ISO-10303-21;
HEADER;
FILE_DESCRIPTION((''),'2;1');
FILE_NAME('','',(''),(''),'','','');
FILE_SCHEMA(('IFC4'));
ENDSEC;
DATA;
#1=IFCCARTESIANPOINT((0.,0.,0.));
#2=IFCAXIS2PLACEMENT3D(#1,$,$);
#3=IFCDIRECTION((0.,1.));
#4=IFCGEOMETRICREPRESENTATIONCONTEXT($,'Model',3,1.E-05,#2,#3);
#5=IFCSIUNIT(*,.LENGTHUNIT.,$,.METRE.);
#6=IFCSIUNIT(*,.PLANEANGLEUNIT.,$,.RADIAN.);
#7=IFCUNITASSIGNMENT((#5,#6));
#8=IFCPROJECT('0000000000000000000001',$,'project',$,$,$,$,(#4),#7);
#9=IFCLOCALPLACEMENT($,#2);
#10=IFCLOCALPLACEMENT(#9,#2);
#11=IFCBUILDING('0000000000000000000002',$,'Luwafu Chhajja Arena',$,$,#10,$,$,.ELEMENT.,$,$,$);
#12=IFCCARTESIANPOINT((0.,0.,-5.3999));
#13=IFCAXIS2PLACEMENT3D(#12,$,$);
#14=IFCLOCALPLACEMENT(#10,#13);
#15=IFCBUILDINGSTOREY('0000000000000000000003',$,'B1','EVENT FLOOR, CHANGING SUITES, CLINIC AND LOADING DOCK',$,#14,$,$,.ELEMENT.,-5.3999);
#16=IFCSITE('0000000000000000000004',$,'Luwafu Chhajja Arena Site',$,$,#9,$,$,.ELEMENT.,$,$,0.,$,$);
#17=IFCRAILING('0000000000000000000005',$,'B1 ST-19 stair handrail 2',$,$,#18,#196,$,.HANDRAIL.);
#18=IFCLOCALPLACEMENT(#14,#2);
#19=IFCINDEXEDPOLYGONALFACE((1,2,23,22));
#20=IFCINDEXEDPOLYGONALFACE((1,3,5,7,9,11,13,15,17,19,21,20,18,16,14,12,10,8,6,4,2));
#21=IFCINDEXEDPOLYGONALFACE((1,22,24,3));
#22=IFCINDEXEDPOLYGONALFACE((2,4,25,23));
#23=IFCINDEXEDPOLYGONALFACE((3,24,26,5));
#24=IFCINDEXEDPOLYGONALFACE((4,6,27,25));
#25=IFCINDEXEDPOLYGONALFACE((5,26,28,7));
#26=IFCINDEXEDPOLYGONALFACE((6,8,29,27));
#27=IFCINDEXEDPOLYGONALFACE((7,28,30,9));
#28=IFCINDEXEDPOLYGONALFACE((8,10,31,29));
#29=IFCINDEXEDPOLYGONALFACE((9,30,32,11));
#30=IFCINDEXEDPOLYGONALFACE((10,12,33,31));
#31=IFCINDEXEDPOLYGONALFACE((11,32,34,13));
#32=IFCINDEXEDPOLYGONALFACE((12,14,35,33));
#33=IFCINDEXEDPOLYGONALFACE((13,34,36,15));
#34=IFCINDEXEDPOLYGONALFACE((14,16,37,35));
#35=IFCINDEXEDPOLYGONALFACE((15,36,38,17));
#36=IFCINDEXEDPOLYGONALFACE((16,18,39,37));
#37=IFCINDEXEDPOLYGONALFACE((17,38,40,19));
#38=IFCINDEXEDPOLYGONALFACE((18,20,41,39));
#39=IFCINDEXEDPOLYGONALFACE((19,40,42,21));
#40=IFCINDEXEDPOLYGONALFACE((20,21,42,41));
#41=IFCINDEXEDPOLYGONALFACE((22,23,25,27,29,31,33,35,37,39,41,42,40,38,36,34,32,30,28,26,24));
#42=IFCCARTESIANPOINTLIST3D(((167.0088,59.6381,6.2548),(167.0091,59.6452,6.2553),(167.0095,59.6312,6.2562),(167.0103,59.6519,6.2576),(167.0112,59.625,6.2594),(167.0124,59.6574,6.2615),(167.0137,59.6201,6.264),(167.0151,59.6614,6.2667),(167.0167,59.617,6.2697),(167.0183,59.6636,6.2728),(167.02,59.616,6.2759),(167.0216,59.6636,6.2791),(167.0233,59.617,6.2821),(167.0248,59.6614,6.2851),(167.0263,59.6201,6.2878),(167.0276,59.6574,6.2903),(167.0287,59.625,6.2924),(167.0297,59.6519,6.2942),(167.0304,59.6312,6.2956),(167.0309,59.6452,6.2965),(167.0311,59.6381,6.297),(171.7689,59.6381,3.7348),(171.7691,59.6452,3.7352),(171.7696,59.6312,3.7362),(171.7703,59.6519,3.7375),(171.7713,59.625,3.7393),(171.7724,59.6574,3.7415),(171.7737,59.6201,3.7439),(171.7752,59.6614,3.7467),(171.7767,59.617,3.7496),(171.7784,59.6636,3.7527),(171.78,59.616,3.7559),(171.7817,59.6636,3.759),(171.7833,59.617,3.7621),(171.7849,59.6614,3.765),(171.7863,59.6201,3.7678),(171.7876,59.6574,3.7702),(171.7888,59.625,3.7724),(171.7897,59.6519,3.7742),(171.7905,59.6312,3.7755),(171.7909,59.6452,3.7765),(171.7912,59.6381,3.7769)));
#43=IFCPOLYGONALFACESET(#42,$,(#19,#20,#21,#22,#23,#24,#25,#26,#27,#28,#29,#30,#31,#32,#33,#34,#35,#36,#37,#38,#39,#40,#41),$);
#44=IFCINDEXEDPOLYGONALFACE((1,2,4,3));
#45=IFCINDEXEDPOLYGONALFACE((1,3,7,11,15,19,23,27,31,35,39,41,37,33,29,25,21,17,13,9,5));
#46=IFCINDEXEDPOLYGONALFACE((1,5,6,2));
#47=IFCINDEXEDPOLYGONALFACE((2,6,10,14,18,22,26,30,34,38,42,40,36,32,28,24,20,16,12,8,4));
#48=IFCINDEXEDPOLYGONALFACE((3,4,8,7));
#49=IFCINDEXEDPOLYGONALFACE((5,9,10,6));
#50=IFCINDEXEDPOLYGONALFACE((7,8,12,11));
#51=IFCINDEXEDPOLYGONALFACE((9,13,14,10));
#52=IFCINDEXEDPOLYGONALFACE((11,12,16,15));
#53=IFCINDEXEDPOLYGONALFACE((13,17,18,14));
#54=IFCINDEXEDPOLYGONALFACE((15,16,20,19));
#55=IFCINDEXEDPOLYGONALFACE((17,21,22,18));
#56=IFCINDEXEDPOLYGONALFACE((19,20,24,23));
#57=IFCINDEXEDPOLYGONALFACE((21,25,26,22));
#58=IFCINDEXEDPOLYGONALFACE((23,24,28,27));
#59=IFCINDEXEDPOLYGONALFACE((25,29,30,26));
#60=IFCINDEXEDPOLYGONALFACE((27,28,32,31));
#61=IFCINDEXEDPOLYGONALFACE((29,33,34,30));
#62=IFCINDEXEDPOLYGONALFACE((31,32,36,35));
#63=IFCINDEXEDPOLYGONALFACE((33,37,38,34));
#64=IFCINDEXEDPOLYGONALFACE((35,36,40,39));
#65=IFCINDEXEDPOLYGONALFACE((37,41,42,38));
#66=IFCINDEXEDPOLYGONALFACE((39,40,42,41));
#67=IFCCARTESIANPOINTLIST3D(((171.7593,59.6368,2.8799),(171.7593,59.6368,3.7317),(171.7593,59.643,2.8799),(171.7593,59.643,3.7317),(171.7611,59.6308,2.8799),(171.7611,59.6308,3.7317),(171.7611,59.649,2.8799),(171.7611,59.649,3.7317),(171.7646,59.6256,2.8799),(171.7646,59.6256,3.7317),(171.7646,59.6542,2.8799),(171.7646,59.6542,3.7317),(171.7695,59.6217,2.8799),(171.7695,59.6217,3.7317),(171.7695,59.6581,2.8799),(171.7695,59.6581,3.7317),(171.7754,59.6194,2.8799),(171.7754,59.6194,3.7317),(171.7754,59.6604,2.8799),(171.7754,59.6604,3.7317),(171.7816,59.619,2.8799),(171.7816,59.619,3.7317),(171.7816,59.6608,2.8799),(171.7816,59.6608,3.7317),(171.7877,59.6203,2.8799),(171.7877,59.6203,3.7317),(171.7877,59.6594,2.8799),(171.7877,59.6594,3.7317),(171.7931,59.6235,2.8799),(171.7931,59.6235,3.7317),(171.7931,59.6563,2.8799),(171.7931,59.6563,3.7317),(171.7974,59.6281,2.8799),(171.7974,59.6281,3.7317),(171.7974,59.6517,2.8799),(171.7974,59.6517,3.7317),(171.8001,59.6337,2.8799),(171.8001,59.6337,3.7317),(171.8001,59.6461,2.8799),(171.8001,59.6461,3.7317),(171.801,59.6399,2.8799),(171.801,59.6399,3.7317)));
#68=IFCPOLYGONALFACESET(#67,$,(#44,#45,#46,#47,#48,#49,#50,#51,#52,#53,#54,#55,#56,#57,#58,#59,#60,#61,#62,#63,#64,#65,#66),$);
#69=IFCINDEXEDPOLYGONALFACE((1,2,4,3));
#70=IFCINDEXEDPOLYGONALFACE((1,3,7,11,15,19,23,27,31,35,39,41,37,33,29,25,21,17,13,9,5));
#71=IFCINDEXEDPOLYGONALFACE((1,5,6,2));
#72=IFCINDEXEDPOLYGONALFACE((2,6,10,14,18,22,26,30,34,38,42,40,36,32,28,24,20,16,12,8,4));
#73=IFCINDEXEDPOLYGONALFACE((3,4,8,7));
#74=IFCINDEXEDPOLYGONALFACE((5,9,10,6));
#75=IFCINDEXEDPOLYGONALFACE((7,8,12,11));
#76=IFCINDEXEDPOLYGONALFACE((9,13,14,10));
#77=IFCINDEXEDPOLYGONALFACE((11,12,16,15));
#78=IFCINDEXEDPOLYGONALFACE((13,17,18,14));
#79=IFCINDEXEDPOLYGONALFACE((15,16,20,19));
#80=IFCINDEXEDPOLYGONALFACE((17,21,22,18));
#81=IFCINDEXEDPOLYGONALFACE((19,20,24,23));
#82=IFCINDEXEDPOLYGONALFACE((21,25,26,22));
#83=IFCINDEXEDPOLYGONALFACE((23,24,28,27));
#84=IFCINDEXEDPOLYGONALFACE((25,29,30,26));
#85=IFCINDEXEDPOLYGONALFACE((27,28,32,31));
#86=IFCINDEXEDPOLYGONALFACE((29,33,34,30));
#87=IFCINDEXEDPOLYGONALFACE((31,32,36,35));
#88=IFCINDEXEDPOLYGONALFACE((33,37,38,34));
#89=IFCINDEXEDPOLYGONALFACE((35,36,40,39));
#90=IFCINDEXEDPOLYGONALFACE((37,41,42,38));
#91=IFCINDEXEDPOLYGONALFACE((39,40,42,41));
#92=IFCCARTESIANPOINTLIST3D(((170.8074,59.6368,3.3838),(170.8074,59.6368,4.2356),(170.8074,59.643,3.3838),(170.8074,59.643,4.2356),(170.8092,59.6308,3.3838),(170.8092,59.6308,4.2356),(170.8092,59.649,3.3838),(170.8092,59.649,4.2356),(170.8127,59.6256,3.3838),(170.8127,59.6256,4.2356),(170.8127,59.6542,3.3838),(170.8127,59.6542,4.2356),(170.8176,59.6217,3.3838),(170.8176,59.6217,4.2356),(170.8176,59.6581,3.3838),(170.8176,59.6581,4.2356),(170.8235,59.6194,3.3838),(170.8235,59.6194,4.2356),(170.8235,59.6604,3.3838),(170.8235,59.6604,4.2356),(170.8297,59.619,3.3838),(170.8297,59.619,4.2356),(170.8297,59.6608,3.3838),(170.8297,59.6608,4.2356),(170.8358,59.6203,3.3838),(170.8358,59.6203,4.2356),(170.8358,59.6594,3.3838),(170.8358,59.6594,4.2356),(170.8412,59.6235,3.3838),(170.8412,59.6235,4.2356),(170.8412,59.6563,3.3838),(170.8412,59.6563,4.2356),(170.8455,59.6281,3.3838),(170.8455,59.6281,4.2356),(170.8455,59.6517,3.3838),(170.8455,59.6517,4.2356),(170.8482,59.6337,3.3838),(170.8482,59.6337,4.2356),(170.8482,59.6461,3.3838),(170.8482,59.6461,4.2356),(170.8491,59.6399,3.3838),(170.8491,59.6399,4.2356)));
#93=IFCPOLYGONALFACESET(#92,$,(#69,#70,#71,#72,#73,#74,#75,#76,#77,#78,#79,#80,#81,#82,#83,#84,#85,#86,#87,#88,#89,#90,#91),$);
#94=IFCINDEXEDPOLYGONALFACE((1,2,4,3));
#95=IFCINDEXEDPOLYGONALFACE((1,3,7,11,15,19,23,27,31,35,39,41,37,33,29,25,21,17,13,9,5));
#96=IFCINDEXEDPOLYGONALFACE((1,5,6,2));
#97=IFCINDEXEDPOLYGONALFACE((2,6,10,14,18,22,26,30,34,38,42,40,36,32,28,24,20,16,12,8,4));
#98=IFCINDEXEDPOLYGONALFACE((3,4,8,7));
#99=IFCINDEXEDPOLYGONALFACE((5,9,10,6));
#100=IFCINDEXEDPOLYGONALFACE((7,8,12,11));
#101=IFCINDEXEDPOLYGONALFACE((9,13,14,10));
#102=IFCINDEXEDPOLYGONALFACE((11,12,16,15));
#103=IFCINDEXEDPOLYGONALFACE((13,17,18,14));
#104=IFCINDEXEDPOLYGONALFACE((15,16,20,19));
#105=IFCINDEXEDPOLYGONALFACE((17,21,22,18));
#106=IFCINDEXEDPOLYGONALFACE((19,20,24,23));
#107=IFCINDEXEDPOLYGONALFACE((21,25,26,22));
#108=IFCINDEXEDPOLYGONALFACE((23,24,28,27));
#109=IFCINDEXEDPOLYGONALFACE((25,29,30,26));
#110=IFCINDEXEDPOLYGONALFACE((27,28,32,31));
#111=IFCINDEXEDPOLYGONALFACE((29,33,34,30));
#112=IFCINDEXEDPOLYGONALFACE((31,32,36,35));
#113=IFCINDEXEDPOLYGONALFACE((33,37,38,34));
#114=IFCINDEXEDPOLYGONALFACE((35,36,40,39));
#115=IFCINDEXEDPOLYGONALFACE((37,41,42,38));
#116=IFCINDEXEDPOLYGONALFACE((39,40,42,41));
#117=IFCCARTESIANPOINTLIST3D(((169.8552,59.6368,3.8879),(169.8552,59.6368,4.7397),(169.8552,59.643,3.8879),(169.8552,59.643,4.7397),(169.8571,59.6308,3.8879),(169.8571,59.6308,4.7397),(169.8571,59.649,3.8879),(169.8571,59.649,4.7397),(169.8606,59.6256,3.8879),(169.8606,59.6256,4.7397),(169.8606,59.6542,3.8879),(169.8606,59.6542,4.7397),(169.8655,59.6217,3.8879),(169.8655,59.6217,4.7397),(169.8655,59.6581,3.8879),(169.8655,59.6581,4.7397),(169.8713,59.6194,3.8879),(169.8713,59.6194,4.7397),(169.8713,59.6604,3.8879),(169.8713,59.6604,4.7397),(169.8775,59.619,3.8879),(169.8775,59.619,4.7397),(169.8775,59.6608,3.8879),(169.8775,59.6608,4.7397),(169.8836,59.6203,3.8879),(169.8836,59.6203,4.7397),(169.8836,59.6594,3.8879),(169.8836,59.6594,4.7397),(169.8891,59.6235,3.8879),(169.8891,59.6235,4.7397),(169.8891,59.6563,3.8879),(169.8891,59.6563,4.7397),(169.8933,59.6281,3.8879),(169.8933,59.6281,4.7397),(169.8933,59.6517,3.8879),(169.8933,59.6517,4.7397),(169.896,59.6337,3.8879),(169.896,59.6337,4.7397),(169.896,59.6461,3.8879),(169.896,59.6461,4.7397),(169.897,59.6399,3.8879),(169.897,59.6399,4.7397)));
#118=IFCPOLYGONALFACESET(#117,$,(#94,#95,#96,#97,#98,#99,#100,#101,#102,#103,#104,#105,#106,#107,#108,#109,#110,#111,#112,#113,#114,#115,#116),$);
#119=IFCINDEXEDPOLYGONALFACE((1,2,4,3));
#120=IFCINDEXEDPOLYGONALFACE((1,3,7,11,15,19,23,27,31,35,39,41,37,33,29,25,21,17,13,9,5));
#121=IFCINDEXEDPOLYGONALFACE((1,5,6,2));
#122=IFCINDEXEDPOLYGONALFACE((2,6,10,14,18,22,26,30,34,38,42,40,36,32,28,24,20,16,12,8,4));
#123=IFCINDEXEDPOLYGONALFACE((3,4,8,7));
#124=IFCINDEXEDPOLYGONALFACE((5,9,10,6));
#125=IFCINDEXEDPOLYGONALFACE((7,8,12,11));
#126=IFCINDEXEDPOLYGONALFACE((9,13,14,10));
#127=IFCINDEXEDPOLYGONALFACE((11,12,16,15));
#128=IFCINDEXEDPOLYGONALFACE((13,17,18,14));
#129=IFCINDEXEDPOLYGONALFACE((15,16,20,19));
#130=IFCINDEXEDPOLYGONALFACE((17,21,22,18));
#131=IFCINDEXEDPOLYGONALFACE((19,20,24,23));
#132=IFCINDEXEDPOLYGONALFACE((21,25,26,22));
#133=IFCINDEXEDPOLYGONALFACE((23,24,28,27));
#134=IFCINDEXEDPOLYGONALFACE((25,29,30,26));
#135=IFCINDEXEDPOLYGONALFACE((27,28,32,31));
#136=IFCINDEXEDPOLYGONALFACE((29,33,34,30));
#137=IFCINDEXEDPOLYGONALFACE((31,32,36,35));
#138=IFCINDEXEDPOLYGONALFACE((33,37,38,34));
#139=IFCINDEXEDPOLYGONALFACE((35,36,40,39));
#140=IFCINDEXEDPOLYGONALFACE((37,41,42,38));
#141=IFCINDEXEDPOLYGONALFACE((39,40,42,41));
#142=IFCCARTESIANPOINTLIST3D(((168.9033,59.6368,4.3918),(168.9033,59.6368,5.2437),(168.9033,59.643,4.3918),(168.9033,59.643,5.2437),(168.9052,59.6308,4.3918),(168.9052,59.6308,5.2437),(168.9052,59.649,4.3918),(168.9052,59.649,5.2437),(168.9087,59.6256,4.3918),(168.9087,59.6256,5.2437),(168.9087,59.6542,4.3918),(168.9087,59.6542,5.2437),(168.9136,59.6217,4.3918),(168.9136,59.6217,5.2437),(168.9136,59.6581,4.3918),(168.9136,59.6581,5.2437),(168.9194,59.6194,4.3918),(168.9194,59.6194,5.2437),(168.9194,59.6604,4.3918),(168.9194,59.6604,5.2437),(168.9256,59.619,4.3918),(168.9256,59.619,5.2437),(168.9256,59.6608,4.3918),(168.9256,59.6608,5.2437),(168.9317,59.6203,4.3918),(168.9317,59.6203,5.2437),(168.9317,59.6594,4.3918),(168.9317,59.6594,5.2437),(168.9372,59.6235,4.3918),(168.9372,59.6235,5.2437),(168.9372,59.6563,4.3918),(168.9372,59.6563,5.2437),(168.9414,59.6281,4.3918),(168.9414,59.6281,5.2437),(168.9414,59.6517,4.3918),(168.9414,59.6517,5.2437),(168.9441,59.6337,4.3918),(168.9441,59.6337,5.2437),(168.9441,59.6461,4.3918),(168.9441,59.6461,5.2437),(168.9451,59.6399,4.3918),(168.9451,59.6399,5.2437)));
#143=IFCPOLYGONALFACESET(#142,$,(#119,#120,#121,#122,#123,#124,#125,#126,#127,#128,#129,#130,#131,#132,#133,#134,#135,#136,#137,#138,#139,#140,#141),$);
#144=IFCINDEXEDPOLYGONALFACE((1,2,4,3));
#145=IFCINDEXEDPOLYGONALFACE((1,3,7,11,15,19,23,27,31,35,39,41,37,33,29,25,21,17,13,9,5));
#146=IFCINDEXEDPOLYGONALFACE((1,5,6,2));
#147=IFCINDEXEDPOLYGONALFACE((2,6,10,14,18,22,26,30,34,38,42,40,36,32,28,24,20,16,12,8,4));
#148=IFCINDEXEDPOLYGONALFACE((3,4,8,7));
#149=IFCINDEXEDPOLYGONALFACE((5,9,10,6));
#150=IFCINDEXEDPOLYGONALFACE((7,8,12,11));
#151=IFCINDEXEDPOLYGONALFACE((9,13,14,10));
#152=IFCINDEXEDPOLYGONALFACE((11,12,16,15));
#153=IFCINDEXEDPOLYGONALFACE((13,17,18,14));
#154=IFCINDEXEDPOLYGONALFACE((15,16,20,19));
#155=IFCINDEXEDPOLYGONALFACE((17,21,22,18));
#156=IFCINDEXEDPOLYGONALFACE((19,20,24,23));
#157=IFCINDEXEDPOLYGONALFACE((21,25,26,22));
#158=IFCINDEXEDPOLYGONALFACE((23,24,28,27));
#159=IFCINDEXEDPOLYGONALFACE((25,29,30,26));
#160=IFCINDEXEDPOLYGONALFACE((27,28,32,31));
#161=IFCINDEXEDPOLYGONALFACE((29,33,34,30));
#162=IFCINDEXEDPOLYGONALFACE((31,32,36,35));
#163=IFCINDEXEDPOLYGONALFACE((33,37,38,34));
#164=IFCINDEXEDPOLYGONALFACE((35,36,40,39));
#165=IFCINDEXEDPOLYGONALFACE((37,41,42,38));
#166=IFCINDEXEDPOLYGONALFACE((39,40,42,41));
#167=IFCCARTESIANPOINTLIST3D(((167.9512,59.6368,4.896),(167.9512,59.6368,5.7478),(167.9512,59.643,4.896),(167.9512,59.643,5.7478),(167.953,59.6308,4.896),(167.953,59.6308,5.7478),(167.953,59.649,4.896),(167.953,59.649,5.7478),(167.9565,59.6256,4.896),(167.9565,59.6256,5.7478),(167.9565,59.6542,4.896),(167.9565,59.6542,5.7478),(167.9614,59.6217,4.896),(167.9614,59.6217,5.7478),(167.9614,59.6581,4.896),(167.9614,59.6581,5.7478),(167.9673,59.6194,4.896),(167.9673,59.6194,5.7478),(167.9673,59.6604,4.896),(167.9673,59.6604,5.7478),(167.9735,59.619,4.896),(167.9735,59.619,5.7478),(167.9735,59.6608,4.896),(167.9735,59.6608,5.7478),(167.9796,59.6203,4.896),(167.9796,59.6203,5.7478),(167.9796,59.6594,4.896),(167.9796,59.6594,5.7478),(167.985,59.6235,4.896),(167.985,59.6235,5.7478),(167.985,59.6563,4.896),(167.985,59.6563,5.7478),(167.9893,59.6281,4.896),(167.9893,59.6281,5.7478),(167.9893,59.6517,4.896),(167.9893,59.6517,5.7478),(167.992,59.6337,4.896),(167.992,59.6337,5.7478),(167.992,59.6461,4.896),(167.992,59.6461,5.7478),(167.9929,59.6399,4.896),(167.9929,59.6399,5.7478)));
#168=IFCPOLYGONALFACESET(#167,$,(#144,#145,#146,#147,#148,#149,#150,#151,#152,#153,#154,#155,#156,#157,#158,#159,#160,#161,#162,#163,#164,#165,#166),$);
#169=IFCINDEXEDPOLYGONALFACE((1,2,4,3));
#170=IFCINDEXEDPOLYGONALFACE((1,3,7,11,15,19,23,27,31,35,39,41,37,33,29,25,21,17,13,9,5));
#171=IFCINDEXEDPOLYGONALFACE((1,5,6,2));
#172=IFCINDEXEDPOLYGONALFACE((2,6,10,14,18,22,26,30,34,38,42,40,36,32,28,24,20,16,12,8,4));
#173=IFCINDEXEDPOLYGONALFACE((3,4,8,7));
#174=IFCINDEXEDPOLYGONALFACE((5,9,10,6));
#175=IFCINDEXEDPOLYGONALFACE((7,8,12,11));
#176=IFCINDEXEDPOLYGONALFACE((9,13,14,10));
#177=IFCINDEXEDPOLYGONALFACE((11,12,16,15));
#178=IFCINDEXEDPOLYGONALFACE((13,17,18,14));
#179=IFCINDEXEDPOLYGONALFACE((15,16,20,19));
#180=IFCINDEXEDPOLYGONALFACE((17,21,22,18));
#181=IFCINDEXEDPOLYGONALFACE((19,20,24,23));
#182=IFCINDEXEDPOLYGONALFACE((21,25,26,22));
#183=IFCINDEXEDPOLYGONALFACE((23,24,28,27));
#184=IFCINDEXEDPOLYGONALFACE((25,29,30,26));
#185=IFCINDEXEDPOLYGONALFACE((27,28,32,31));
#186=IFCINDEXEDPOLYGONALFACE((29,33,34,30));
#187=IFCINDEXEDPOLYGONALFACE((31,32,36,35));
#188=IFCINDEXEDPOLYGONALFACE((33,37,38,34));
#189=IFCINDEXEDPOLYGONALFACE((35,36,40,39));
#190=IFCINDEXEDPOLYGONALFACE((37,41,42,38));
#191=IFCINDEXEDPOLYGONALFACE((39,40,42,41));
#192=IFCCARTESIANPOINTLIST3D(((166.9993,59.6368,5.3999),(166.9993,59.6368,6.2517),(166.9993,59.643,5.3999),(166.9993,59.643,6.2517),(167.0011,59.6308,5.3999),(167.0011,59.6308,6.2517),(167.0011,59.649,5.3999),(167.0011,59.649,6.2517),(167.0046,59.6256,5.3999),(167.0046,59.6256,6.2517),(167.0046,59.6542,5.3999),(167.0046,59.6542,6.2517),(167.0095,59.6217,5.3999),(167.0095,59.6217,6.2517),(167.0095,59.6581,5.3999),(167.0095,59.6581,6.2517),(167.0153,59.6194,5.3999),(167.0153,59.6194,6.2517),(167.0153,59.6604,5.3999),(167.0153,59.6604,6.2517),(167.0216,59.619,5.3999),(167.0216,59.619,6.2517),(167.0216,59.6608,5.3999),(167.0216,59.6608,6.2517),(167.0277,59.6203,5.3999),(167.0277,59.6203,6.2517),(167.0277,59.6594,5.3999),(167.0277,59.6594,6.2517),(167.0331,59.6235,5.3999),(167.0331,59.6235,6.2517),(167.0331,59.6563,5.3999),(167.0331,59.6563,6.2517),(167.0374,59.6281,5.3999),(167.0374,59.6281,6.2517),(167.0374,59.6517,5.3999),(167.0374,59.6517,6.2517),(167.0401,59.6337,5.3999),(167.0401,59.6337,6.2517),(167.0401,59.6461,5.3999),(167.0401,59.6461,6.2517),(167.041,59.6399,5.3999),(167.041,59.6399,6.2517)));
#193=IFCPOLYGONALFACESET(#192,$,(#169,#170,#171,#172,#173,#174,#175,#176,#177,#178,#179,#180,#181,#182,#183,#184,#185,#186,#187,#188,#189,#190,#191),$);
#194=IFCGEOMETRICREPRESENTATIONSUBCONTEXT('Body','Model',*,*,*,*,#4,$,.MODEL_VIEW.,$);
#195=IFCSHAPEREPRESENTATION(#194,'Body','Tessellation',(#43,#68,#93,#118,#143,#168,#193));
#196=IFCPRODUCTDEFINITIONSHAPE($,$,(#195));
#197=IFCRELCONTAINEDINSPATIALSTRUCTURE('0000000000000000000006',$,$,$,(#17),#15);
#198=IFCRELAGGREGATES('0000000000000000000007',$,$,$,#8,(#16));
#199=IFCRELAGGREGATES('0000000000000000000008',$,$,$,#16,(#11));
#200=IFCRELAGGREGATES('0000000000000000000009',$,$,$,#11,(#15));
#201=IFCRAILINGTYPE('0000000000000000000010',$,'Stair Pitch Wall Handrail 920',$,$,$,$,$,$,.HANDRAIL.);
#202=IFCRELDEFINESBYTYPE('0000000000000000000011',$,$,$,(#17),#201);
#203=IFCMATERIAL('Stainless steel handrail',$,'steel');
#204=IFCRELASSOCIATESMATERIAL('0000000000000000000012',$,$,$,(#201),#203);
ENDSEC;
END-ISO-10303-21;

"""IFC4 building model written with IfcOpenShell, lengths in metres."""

from ifc_helpers import new_model, si_unit, direction, frame, origin, origin_2d, place, context, subcontext, project, spatial, circle, extrude, material, type_object, element, save


model = new_model("IFC4")

# Units and contexts
model_context = context("Model", 3, precision=1e-05, world=origin(), true_north=direction((0.0, 1.0)))
body_context = subcontext(model_context, "Body", "Model", "MODEL_VIEW")
ifc_project = project(units=[si_unit("LENGTHUNIT", "METRE"), si_unit("PLANEANGLEUNIT", "RADIAN")], contexts=[model_context])

# Site, building, storey
site_placement = place(None, origin())
site = spatial("IfcSite", under=ifc_project, at=site_placement, Name="Luwafu Chhajja Arena Site", CompositionType="ELEMENT", RefElevation=0.0)
building_placement = place(site_placement, origin())
building = spatial("IfcBuilding", under=site, at=building_placement, Name="Luwafu Chhajja Arena", CompositionType="ELEMENT")
storey_placement = place(building_placement, frame((0.0, 0.0, -5.3999)))
storey = spatial("IfcBuildingStorey", under=building, at=storey_placement, Name="B1", Description="EVENT FLOOR, CHANGING SUITES, CLINIC AND LOADING DOCK", CompositionType="ELEMENT", Elevation=-5.3999)

# Railing
ifc_material_1 = material(Name="Stainless steel handrail", Category="steel")
railing_type_1 = type_object("IfcRailingType", Name="Stair Pitch Wall Handrail 920", PredefinedType="HANDRAIL", material=ifc_material_1)
for number, where, name in (
    (1, (171.78, 59.6399, 2.8799), "B1 ST-19 stair handrail 2"),
):
    element("IfcRailing", number, at=place(storey_placement, frame(where)), inside=storey, type_object=railing_type_1, Name=name, PredefinedType="HANDRAIL", context=body_context, shape_type="SweptSolid", body=[
        extrude(circle(Radius=0.0239, at=origin_2d()), frame((0.0, 0.0, 0.876), z_axis=(-0.883787, 0.0, 0.46789), x_axis=(0.0, -1.0, 0.0)), (0.0, 0.0, 1.0), 5.386),
        extrude(circle(Radius=0.021, at=origin_2d()), origin(), (0.0, 0.0, 1.0), 0.8518),
        extrude(circle(Radius=0.021, at=origin_2d()), frame((-0.9519, 0.0, 0.5039)), (0.0, 0.0, 1.0), 0.8518),
        extrude(circle(Radius=0.021, at=origin_2d()), frame((-1.9041, 0.0, 1.0081)), (0.0, 0.0, 1.0), 0.8518),
        extrude(circle(Radius=0.021, at=origin_2d()), frame((-2.856, 0.0, 1.512)), (0.0, 0.0, 1.0), 0.8518),
        extrude(circle(Radius=0.021, at=origin_2d()), frame((-3.8081, 0.0, 2.0161)), (0.0, 0.0, 1.0), 0.8518),
        extrude(circle(Radius=0.021, at=origin_2d()), frame((-4.76, 0.0, 2.52)), (0.0, 0.0, 1.0), 0.8518),
    ])

save(model, "model.ifc")
